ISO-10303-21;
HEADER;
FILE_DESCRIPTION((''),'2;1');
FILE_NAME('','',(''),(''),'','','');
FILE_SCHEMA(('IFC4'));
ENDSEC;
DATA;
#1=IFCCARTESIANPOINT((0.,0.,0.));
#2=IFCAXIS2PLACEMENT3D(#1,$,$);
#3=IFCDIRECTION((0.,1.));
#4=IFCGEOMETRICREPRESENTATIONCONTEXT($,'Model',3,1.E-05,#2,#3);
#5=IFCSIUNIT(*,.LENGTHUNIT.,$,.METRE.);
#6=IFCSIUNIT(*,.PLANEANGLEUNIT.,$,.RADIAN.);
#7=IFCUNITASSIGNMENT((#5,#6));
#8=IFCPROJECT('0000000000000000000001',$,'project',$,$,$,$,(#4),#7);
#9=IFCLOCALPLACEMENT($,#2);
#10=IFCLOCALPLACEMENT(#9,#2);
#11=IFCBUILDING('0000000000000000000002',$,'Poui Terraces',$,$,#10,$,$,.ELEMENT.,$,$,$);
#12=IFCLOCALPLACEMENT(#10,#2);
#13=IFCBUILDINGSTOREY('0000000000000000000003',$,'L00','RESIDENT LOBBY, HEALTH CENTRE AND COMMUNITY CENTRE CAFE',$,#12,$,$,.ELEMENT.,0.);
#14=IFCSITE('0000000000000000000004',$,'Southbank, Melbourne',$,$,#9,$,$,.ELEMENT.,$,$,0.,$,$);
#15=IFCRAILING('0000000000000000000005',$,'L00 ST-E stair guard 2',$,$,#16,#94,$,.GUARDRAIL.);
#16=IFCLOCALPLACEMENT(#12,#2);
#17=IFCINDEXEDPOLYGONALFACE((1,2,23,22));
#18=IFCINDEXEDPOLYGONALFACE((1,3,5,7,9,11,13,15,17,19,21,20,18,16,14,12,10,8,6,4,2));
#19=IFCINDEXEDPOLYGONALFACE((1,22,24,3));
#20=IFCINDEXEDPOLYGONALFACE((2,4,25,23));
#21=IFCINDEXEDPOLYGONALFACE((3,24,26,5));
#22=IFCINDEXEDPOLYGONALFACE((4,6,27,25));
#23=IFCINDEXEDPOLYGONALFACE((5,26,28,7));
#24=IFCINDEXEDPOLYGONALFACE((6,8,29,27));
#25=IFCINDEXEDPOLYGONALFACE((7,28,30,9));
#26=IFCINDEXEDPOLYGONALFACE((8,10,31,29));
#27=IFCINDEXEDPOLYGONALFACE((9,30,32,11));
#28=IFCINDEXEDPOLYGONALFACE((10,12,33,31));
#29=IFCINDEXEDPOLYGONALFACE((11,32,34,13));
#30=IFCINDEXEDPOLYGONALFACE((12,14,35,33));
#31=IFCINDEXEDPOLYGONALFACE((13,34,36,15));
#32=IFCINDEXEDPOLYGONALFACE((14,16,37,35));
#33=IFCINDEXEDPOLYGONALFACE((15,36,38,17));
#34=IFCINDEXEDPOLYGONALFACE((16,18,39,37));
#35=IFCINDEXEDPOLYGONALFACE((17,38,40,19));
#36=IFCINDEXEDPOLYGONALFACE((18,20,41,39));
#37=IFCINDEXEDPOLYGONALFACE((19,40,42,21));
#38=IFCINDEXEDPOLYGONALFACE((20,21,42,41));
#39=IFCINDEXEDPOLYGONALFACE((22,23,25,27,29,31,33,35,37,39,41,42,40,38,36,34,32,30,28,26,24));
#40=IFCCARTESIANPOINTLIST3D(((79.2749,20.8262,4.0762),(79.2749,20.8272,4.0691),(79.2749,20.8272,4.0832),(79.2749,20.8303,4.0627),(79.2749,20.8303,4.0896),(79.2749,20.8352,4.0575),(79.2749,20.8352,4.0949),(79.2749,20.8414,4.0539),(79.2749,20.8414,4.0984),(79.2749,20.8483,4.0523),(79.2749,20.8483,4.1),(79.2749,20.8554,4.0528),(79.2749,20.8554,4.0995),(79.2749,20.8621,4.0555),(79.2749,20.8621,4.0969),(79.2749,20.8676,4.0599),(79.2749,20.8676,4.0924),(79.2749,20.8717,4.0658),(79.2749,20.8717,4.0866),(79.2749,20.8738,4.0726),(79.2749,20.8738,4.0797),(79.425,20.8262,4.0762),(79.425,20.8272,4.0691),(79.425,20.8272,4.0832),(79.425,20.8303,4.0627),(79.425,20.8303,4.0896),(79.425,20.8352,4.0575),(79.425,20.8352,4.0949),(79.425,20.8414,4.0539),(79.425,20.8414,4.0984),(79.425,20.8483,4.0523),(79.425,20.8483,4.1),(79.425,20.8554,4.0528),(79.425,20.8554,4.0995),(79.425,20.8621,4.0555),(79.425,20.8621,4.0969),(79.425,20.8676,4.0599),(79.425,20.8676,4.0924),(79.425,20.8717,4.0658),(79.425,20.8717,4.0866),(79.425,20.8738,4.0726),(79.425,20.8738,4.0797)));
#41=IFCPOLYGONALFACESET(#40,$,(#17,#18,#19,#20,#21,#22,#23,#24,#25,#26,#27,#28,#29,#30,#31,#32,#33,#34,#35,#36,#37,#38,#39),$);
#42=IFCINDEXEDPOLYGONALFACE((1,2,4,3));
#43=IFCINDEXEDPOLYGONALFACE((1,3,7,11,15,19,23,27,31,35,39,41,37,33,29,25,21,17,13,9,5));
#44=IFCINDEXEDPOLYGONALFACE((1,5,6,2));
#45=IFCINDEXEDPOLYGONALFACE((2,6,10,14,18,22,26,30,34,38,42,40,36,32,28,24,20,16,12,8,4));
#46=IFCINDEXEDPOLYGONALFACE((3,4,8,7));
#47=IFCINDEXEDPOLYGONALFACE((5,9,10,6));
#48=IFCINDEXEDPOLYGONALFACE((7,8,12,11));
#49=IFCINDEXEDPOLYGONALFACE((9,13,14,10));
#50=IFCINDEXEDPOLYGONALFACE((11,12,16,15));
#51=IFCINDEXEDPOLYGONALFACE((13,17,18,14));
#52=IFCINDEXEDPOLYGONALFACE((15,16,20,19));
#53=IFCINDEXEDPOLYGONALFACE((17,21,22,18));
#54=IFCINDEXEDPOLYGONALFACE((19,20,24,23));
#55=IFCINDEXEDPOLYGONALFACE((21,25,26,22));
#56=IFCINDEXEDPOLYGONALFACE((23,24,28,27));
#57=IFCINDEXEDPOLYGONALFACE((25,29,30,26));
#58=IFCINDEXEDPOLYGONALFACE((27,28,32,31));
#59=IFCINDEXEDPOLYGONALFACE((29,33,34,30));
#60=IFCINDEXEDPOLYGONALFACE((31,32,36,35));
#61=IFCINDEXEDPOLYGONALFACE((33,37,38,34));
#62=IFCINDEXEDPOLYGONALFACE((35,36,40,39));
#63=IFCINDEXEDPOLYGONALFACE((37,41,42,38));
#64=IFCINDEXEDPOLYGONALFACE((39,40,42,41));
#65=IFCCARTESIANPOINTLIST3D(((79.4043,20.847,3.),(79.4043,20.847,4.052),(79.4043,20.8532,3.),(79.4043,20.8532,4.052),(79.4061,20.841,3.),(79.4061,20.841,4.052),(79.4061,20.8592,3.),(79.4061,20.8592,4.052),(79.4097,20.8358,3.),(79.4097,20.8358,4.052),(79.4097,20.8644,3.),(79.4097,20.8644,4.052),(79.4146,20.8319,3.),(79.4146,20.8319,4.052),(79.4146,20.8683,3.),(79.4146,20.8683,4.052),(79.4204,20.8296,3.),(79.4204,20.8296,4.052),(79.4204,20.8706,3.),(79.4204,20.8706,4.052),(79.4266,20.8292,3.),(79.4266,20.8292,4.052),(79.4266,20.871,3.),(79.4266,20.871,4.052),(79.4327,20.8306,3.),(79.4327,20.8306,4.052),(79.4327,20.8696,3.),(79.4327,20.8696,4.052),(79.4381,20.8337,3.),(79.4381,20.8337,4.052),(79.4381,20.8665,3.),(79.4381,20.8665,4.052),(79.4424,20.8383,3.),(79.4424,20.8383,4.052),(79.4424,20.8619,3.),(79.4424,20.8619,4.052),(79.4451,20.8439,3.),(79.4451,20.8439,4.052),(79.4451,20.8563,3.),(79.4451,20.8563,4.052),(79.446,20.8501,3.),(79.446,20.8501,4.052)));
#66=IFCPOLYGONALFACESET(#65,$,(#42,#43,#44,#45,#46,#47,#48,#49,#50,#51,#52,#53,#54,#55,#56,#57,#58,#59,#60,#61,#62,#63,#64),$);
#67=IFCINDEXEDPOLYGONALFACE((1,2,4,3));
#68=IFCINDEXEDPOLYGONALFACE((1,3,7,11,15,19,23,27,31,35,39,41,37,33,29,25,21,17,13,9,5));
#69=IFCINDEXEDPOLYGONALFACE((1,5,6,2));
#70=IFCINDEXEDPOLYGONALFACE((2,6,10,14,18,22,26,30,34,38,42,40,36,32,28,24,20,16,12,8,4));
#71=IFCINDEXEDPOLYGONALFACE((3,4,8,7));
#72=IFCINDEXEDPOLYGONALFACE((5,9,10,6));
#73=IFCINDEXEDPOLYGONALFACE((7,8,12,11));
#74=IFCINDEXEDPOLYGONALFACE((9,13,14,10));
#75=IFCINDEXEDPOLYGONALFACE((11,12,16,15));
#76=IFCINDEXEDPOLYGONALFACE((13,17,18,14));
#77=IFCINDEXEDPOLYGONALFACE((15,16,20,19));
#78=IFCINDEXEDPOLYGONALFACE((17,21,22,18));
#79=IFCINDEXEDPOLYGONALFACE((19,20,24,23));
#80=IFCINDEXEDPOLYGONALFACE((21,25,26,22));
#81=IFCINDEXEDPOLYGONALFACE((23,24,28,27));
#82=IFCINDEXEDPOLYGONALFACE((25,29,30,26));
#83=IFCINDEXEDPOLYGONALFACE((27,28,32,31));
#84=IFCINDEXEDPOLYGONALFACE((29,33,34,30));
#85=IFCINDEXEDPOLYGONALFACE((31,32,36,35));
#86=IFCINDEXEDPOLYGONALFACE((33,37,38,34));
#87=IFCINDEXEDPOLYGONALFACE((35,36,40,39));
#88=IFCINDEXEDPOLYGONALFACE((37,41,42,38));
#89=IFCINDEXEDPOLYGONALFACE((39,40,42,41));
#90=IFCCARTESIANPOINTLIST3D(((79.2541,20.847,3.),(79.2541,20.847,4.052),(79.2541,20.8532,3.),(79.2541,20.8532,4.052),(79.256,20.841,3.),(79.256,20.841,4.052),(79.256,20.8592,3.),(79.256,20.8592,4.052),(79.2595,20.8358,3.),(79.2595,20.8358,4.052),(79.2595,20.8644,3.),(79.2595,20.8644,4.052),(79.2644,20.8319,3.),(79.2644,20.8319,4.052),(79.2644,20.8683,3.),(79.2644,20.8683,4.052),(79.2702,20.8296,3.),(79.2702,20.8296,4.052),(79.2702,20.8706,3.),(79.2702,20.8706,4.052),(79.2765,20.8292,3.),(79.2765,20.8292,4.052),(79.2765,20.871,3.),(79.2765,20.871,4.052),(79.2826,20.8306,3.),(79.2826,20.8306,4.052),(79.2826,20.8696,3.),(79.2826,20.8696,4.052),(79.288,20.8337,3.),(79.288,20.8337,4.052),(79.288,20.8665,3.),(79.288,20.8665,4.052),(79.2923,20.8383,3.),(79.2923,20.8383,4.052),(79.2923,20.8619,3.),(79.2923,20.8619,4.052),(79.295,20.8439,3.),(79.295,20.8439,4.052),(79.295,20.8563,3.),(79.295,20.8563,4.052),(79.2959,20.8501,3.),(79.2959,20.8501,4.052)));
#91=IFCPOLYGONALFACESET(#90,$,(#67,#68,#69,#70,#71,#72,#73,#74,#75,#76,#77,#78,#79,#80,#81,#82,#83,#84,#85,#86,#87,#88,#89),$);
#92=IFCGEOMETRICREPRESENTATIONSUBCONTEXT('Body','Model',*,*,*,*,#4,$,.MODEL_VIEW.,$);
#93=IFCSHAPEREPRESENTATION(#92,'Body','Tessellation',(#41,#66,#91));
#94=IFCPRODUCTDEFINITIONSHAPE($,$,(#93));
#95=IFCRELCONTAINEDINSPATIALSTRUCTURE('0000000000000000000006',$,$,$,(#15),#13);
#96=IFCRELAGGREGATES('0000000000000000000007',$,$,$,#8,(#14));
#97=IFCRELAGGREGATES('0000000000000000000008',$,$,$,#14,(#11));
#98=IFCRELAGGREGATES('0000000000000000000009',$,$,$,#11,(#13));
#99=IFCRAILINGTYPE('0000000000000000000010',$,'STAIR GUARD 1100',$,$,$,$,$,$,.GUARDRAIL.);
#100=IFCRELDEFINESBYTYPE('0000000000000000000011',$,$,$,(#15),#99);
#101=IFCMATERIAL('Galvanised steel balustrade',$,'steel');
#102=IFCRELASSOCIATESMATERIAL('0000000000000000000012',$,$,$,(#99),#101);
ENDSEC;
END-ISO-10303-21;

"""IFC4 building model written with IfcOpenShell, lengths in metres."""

from ifc_helpers import new_model, si_unit, direction, frame, origin, origin_2d, place, context, subcontext, project, spatial, circle, extrude, material, type_object, element, save


model = new_model("IFC4")

# Units and contexts
model_context = context("Model", 3, precision=1e-05, world=origin(), true_north=direction((0.0, 1.0)))
body_context = subcontext(model_context, "Body", "Model", "MODEL_VIEW")
ifc_project = project(units=[si_unit("LENGTHUNIT", "METRE"), si_unit("PLANEANGLEUNIT", "RADIAN")], contexts=[model_context])

# Site, building, storey
site_placement = place(None, origin())
site = spatial("IfcSite", under=ifc_project, at=site_placement, Name="Southbank, Melbourne", CompositionType="ELEMENT", RefElevation=0.0)
building_placement = place(site_placement, origin())
building = spatial("IfcBuilding", under=site, at=building_placement, Name="Poui Terraces", CompositionType="ELEMENT")
storey_placement = place(building_placement, origin())
storey = spatial("IfcBuildingStorey", under=building, at=storey_placement, Name="L00", Description="RESIDENT LOBBY, HEALTH CENTRE AND COMMUNITY CENTRE CAFE", CompositionType="ELEMENT", Elevation=0.0)

# Railing
ifc_material_1 = material(Name="Galvanised steel balustrade", Category="steel")
railing_type_1 = type_object("IfcRailingType", Name="STAIR GUARD 1100", PredefinedType="GUARDRAIL", material=ifc_material_1)
railing_1_placement = place(storey_placement, frame((79.425, 20.8501, 3.0)))
element("IfcRailing", 1, at=railing_1_placement, inside=storey, type_object=railing_type_1, Name="L00 ST-E stair guard 2", PredefinedType="GUARDRAIL", context=body_context, shape_type="SweptSolid", body=[
    extrude(circle(Radius=0.0239, at=origin_2d()), frame((0.0, 0.0, 1.0762), z_axis=(-1.0, 0.0, 0.0), x_axis=(0.0, -1.0, 0.0)), (0.0, 0.0, 1.0), 0.1501),
    extrude(circle(Radius=0.021, at=origin_2d()), origin(), (0.0, 0.0, 1.0), 1.052),
    extrude(circle(Radius=0.021, at=origin_2d()), frame((-0.1501, 0.0, 0.0)), (0.0, 0.0, 1.0), 1.052),
])

save(model, "model.ifc")
